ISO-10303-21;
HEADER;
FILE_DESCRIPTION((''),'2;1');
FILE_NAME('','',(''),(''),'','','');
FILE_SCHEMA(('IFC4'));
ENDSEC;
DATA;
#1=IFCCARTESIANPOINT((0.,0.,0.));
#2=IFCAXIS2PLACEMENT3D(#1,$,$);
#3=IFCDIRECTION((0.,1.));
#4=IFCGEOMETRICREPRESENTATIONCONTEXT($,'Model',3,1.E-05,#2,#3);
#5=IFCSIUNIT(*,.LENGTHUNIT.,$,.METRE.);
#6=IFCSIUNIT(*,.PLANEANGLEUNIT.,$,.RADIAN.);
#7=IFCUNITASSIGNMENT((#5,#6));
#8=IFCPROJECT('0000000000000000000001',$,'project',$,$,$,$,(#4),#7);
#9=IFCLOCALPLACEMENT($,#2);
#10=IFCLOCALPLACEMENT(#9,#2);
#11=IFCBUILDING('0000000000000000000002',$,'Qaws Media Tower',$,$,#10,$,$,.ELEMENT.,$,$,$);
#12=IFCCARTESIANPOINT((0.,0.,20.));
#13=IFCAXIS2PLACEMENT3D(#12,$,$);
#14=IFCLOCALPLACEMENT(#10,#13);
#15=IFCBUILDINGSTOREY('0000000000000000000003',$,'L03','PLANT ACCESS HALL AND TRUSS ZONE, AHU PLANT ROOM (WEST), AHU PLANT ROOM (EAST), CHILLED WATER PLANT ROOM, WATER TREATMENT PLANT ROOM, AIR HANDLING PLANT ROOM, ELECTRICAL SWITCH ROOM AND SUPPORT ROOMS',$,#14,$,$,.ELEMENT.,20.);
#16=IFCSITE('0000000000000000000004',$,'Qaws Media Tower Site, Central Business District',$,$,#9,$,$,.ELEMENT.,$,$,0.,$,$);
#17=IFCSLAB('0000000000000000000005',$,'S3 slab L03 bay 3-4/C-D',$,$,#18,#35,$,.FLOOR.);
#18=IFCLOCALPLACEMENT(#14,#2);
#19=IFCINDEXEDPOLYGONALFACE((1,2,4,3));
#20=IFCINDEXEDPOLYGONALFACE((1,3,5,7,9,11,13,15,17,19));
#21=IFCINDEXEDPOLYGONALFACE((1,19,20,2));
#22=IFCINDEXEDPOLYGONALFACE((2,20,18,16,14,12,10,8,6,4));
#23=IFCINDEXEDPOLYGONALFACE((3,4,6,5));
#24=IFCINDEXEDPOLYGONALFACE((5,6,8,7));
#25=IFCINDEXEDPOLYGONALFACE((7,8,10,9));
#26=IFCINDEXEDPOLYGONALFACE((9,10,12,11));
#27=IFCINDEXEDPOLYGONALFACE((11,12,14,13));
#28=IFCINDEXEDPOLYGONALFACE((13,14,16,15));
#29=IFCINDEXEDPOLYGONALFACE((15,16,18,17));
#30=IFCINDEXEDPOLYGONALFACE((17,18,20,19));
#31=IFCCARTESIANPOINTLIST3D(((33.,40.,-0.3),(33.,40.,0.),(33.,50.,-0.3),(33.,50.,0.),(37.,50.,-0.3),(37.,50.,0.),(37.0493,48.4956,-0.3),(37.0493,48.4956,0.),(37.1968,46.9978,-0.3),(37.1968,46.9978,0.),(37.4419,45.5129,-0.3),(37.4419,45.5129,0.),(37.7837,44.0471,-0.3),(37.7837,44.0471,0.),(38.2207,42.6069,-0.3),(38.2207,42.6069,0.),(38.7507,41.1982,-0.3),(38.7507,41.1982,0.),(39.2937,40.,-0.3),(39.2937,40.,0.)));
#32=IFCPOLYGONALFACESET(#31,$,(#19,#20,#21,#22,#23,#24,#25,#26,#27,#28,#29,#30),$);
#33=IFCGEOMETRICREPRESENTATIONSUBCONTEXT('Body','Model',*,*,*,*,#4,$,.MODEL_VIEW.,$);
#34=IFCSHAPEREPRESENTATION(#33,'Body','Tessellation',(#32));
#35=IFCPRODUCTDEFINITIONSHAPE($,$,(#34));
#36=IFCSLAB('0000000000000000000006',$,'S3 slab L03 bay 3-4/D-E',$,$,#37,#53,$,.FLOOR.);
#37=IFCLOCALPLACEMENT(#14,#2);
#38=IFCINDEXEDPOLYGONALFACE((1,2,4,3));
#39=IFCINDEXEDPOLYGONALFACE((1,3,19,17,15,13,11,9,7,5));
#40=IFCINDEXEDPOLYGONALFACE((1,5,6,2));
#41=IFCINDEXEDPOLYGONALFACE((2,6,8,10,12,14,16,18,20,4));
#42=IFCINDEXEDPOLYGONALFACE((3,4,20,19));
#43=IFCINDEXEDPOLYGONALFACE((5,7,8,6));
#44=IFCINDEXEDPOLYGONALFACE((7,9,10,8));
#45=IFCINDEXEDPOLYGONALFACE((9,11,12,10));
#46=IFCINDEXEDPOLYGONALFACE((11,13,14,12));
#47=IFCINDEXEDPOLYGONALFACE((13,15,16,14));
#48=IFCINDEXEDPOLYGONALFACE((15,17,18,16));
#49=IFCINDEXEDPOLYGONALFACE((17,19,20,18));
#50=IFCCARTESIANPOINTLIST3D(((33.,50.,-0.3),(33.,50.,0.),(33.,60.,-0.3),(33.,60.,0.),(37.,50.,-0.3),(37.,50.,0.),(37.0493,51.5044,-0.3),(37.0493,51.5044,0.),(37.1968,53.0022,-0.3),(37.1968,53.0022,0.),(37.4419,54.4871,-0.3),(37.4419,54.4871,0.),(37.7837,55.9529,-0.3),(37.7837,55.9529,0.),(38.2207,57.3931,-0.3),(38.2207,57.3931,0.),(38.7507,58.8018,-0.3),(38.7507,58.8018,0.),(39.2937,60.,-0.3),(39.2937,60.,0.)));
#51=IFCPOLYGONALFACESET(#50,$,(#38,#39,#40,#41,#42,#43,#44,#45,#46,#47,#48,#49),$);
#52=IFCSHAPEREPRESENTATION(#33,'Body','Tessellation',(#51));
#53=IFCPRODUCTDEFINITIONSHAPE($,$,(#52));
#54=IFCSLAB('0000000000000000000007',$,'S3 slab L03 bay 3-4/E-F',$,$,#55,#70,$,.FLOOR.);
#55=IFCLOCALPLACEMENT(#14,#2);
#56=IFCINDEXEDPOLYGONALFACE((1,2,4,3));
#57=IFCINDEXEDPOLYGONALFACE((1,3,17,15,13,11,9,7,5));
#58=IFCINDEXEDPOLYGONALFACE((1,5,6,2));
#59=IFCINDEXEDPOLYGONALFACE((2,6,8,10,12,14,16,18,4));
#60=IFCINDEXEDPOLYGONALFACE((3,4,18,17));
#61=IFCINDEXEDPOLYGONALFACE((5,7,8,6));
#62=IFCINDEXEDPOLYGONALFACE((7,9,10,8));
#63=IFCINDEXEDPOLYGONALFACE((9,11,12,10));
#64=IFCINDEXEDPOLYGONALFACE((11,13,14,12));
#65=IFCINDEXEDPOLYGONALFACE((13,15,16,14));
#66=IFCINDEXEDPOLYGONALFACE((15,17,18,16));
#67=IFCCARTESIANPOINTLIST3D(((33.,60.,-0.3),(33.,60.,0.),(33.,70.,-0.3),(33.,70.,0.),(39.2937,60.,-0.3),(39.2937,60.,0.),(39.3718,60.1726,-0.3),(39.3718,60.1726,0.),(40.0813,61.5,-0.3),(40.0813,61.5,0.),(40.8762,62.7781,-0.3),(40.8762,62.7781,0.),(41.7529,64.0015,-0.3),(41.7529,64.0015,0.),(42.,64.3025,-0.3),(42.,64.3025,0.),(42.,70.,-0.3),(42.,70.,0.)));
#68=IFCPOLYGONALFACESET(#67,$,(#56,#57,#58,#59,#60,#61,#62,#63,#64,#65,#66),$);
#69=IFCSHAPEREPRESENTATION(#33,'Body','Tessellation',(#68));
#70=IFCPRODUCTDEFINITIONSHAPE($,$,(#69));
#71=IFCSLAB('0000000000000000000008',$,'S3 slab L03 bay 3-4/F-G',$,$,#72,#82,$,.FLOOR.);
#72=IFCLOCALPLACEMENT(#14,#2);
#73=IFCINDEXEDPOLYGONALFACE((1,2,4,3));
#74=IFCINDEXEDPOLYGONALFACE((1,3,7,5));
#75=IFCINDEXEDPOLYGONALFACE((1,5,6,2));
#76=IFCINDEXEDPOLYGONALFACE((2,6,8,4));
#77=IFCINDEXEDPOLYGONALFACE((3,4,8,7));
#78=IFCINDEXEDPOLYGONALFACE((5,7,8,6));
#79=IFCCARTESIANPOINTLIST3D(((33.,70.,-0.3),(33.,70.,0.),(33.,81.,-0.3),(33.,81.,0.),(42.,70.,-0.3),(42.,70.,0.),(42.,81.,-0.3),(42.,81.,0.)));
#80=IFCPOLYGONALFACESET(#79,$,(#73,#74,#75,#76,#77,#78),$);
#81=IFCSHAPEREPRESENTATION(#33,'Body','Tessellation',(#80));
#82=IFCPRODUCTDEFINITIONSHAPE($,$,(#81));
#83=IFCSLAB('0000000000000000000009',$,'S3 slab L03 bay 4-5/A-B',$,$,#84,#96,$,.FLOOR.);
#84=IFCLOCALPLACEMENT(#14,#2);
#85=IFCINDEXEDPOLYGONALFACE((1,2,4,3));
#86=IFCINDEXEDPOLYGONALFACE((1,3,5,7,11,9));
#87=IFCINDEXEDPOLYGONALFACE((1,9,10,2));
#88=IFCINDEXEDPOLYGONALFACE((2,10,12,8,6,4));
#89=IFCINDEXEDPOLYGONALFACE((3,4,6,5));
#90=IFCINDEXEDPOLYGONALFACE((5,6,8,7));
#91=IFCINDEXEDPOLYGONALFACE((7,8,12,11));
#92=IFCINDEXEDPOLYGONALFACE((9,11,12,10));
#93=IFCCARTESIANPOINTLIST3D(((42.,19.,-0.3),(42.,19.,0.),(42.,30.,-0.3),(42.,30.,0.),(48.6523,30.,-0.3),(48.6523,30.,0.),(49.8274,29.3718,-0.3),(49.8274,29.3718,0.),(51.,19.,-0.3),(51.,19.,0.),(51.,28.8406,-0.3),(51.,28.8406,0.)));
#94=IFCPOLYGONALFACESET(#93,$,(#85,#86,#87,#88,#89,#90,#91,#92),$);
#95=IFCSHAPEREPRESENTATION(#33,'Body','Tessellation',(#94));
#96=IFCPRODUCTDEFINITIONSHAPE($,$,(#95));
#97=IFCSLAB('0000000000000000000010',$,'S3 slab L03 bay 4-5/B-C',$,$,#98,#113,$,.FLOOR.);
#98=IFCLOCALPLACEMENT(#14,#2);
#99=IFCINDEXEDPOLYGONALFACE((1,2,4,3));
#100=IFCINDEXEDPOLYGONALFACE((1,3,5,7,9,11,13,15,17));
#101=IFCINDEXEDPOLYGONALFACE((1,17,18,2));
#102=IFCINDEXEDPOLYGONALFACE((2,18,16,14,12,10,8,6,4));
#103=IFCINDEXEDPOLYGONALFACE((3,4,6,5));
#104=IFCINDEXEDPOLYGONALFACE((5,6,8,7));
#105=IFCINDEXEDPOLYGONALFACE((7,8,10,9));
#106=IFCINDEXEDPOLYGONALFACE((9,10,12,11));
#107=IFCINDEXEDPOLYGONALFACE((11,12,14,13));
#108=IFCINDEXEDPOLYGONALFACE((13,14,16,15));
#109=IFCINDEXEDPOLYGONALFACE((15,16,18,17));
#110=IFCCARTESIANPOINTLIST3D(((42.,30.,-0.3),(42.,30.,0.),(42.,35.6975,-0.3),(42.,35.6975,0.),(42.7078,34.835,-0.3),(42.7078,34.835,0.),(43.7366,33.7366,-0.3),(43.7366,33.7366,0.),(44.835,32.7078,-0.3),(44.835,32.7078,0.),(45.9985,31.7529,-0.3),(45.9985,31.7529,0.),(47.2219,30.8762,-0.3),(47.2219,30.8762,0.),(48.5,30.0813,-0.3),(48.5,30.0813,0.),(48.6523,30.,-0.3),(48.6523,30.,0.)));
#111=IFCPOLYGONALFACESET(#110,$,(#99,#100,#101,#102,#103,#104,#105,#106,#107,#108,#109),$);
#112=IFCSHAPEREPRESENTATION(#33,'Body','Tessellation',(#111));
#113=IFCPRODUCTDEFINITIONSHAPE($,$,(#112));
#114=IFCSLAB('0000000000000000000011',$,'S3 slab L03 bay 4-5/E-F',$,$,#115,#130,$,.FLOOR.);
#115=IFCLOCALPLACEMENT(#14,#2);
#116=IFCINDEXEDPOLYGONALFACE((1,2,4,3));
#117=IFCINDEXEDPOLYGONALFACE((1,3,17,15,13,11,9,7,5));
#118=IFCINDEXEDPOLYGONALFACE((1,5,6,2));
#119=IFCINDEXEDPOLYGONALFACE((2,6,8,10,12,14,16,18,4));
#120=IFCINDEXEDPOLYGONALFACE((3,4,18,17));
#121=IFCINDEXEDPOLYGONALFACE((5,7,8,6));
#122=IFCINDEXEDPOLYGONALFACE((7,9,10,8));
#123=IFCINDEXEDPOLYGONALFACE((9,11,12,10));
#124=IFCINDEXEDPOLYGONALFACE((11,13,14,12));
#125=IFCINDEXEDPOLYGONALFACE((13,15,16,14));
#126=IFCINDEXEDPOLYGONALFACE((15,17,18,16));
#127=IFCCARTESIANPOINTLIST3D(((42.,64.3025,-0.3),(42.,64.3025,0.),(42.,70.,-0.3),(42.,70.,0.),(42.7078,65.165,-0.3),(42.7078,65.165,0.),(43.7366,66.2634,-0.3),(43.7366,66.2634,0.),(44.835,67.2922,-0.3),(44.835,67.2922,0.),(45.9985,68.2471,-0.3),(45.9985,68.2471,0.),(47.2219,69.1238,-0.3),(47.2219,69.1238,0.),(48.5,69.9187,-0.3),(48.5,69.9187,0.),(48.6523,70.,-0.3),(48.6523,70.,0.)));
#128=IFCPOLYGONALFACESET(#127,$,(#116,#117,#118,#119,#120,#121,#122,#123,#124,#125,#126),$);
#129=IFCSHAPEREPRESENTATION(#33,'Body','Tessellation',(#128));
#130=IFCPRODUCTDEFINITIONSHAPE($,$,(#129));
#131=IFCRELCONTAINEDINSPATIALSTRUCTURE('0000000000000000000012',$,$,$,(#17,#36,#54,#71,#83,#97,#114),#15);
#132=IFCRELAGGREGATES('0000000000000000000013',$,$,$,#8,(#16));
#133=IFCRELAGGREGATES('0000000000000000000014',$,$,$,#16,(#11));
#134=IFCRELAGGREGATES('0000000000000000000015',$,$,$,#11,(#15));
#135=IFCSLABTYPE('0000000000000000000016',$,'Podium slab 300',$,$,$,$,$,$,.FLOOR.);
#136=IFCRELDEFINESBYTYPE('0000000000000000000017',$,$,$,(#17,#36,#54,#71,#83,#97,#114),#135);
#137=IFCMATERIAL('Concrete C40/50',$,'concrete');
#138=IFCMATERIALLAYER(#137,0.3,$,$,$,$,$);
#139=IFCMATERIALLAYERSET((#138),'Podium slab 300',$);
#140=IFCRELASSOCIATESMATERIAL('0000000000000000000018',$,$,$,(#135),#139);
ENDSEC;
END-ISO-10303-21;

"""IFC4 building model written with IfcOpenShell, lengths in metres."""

from ifc_helpers import new_model, si_unit, direction, frame, origin, place, context, subcontext, project, spatial, polyline, outline, extrude, material, layer, layer_set, type_object, element, save


model = new_model("IFC4")

# Units and contexts
model_context = context("Model", 3, precision=1e-05, world=origin(), true_north=direction((0.0, 1.0)))
body_context = subcontext(model_context, "Body", "Model", "MODEL_VIEW")
ifc_project = project(units=[si_unit("LENGTHUNIT", "METRE"), si_unit("PLANEANGLEUNIT", "RADIAN")], contexts=[model_context])

# Site, building, storey
site_placement = place(None, origin())
site = spatial("IfcSite", under=ifc_project, at=site_placement, Name="Qaws Media Tower Site, Central Business District", CompositionType="ELEMENT", RefElevation=0.0)
building_placement = place(site_placement, origin())
building = spatial("IfcBuilding", under=site, at=building_placement, Name="Qaws Media Tower", CompositionType="ELEMENT")
storey_placement = place(building_placement, frame((0.0, 0.0, 20.0)))
storey = spatial("IfcBuildingStorey", under=building, at=storey_placement, Name="L03", Description="PLANT ACCESS HALL AND TRUSS ZONE, AHU PLANT ROOM (WEST), AHU PLANT ROOM (EAST), CHILLED WATER PLANT ROOM, WATER TREATMENT PLANT ROOM, AIR HANDLING PLANT ROOM, ELECTRICAL SWITCH ROOM AND SUPPORT ROOMS", CompositionType="ELEMENT", Elevation=20.0)

# Slabs
ifc_material = material(Name="Concrete C40/50", Category="concrete")
ifc_layer = layer(ifc_material, 0.3)
ifc_layer_set = layer_set([ifc_layer], Name="Podium slab 300")
slab_type = type_object("IfcSlabType", Name="Podium slab 300", PredefinedType="FLOOR", material=ifc_layer_set)
slab_1_placement = place(storey_placement, frame((0.0, 0.0, -0.3)))
element("IfcSlab", 1, at=slab_1_placement, inside=storey, type_object=slab_type, Name="S3 slab L03 bay 3-4/C-D", PredefinedType="FLOOR", context=body_context, shape_type="SweptSolid", body=[
    extrude(outline(polyline([(37.0493, 48.4956), (37.1968, 46.9978), (37.4419, 45.5129), (37.7837, 44.0471), (38.2207, 42.6069), (38.7507, 41.1982), (39.2937, 40.0), (33.0, 40.0), (33.0, 50.0), (37.0, 50.0), (37.0493, 48.4956)])), origin(), (0.0, 0.0, 1.0), 0.3),
])
slab_2_placement = place(storey_placement, frame((0.0, 0.0, -0.3)))
element("IfcSlab", 2, at=slab_2_placement, inside=storey, type_object=slab_type, Name="S3 slab L03 bay 3-4/D-E", PredefinedType="FLOOR", context=body_context, shape_type="SweptSolid", body=[
    extrude(outline(polyline([(38.7507, 58.8018), (38.2207, 57.3931), (37.7837, 55.9529), (37.4419, 54.4871), (37.1968, 53.0022), (37.0493, 51.5044), (37.0, 50.0), (33.0, 50.0), (33.0, 60.0), (39.2937, 60.0), (38.7507, 58.8018)])), origin(), (0.0, 0.0, 1.0), 0.3),
])
slab_3_placement = place(storey_placement, frame((0.0, 0.0, -0.3)))
element("IfcSlab", 3, at=slab_3_placement, inside=storey, type_object=slab_type, Name="S3 slab L03 bay 3-4/E-F", PredefinedType="FLOOR", context=body_context, shape_type="SweptSolid", body=[
    extrude(outline(polyline([(41.7529, 64.0015), (40.8762, 62.7781), (40.0813, 61.5), (39.3718, 60.1726), (39.2937, 60.0), (33.0, 60.0), (33.0, 70.0), (42.0, 70.0), (42.0, 64.3025), (41.7529, 64.0015)])), origin(), (0.0, 0.0, 1.0), 0.3),
])
slab_4_placement = place(storey_placement, frame((0.0, 0.0, -0.3)))
element("IfcSlab", 4, at=slab_4_placement, inside=storey, type_object=slab_type, Name="S3 slab L03 bay 3-4/F-G", PredefinedType="FLOOR", context=body_context, shape_type="SweptSolid", body=[
    extrude(outline(polyline([(42.0, 81.0), (42.0, 70.0), (33.0, 70.0), (33.0, 81.0), (42.0, 81.0)])), origin(), (0.0, 0.0, 1.0), 0.3),
])
slab_5_placement = place(storey_placement, frame((0.0, 0.0, -0.3)))
element("IfcSlab", 5, at=slab_5_placement, inside=storey, type_object=slab_type, Name="S3 slab L03 bay 4-5/A-B", PredefinedType="FLOOR", context=body_context, shape_type="SweptSolid", body=[
    extrude(outline(polyline([(42.0, 19.0), (42.0, 30.0), (48.6523, 30.0), (49.8274, 29.3718), (51.0, 28.8406), (51.0, 19.0), (42.0, 19.0)])), origin(), (0.0, 0.0, 1.0), 0.3),
])
slab_6_placement = place(storey_placement, frame((0.0, 0.0, -0.3)))
element("IfcSlab", 6, at=slab_6_placement, inside=storey, type_object=slab_type, Name="S3 slab L03 bay 4-5/B-C", PredefinedType="FLOOR", context=body_context, shape_type="SweptSolid", body=[
    extrude(outline(polyline([(42.7078, 34.835), (43.7366, 33.7366), (44.835, 32.7078), (45.9985, 31.7529), (47.2219, 30.8762), (48.5, 30.0813), (48.6523, 30.0), (42.0, 30.0), (42.0, 35.6975), (42.7078, 34.835)])), origin(), (0.0, 0.0, 1.0), 0.3),
])
slab_7_placement = place(storey_placement, frame((0.0, 0.0, -0.3)))
element("IfcSlab", 7, at=slab_7_placement, inside=storey, type_object=slab_type, Name="S3 slab L03 bay 4-5/E-F", PredefinedType="FLOOR", context=body_context, shape_type="SweptSolid", body=[
    extrude(outline(polyline([(48.5, 69.9187), (47.2219, 69.1238), (45.9985, 68.2471), (44.835, 67.2922), (43.7366, 66.2634), (42.7078, 65.165), (42.0, 64.3025), (42.0, 70.0), (48.6523, 70.0), (48.5, 69.9187)])), origin(), (0.0, 0.0, 1.0), 0.3),
])

save(model, "model.ifc")
